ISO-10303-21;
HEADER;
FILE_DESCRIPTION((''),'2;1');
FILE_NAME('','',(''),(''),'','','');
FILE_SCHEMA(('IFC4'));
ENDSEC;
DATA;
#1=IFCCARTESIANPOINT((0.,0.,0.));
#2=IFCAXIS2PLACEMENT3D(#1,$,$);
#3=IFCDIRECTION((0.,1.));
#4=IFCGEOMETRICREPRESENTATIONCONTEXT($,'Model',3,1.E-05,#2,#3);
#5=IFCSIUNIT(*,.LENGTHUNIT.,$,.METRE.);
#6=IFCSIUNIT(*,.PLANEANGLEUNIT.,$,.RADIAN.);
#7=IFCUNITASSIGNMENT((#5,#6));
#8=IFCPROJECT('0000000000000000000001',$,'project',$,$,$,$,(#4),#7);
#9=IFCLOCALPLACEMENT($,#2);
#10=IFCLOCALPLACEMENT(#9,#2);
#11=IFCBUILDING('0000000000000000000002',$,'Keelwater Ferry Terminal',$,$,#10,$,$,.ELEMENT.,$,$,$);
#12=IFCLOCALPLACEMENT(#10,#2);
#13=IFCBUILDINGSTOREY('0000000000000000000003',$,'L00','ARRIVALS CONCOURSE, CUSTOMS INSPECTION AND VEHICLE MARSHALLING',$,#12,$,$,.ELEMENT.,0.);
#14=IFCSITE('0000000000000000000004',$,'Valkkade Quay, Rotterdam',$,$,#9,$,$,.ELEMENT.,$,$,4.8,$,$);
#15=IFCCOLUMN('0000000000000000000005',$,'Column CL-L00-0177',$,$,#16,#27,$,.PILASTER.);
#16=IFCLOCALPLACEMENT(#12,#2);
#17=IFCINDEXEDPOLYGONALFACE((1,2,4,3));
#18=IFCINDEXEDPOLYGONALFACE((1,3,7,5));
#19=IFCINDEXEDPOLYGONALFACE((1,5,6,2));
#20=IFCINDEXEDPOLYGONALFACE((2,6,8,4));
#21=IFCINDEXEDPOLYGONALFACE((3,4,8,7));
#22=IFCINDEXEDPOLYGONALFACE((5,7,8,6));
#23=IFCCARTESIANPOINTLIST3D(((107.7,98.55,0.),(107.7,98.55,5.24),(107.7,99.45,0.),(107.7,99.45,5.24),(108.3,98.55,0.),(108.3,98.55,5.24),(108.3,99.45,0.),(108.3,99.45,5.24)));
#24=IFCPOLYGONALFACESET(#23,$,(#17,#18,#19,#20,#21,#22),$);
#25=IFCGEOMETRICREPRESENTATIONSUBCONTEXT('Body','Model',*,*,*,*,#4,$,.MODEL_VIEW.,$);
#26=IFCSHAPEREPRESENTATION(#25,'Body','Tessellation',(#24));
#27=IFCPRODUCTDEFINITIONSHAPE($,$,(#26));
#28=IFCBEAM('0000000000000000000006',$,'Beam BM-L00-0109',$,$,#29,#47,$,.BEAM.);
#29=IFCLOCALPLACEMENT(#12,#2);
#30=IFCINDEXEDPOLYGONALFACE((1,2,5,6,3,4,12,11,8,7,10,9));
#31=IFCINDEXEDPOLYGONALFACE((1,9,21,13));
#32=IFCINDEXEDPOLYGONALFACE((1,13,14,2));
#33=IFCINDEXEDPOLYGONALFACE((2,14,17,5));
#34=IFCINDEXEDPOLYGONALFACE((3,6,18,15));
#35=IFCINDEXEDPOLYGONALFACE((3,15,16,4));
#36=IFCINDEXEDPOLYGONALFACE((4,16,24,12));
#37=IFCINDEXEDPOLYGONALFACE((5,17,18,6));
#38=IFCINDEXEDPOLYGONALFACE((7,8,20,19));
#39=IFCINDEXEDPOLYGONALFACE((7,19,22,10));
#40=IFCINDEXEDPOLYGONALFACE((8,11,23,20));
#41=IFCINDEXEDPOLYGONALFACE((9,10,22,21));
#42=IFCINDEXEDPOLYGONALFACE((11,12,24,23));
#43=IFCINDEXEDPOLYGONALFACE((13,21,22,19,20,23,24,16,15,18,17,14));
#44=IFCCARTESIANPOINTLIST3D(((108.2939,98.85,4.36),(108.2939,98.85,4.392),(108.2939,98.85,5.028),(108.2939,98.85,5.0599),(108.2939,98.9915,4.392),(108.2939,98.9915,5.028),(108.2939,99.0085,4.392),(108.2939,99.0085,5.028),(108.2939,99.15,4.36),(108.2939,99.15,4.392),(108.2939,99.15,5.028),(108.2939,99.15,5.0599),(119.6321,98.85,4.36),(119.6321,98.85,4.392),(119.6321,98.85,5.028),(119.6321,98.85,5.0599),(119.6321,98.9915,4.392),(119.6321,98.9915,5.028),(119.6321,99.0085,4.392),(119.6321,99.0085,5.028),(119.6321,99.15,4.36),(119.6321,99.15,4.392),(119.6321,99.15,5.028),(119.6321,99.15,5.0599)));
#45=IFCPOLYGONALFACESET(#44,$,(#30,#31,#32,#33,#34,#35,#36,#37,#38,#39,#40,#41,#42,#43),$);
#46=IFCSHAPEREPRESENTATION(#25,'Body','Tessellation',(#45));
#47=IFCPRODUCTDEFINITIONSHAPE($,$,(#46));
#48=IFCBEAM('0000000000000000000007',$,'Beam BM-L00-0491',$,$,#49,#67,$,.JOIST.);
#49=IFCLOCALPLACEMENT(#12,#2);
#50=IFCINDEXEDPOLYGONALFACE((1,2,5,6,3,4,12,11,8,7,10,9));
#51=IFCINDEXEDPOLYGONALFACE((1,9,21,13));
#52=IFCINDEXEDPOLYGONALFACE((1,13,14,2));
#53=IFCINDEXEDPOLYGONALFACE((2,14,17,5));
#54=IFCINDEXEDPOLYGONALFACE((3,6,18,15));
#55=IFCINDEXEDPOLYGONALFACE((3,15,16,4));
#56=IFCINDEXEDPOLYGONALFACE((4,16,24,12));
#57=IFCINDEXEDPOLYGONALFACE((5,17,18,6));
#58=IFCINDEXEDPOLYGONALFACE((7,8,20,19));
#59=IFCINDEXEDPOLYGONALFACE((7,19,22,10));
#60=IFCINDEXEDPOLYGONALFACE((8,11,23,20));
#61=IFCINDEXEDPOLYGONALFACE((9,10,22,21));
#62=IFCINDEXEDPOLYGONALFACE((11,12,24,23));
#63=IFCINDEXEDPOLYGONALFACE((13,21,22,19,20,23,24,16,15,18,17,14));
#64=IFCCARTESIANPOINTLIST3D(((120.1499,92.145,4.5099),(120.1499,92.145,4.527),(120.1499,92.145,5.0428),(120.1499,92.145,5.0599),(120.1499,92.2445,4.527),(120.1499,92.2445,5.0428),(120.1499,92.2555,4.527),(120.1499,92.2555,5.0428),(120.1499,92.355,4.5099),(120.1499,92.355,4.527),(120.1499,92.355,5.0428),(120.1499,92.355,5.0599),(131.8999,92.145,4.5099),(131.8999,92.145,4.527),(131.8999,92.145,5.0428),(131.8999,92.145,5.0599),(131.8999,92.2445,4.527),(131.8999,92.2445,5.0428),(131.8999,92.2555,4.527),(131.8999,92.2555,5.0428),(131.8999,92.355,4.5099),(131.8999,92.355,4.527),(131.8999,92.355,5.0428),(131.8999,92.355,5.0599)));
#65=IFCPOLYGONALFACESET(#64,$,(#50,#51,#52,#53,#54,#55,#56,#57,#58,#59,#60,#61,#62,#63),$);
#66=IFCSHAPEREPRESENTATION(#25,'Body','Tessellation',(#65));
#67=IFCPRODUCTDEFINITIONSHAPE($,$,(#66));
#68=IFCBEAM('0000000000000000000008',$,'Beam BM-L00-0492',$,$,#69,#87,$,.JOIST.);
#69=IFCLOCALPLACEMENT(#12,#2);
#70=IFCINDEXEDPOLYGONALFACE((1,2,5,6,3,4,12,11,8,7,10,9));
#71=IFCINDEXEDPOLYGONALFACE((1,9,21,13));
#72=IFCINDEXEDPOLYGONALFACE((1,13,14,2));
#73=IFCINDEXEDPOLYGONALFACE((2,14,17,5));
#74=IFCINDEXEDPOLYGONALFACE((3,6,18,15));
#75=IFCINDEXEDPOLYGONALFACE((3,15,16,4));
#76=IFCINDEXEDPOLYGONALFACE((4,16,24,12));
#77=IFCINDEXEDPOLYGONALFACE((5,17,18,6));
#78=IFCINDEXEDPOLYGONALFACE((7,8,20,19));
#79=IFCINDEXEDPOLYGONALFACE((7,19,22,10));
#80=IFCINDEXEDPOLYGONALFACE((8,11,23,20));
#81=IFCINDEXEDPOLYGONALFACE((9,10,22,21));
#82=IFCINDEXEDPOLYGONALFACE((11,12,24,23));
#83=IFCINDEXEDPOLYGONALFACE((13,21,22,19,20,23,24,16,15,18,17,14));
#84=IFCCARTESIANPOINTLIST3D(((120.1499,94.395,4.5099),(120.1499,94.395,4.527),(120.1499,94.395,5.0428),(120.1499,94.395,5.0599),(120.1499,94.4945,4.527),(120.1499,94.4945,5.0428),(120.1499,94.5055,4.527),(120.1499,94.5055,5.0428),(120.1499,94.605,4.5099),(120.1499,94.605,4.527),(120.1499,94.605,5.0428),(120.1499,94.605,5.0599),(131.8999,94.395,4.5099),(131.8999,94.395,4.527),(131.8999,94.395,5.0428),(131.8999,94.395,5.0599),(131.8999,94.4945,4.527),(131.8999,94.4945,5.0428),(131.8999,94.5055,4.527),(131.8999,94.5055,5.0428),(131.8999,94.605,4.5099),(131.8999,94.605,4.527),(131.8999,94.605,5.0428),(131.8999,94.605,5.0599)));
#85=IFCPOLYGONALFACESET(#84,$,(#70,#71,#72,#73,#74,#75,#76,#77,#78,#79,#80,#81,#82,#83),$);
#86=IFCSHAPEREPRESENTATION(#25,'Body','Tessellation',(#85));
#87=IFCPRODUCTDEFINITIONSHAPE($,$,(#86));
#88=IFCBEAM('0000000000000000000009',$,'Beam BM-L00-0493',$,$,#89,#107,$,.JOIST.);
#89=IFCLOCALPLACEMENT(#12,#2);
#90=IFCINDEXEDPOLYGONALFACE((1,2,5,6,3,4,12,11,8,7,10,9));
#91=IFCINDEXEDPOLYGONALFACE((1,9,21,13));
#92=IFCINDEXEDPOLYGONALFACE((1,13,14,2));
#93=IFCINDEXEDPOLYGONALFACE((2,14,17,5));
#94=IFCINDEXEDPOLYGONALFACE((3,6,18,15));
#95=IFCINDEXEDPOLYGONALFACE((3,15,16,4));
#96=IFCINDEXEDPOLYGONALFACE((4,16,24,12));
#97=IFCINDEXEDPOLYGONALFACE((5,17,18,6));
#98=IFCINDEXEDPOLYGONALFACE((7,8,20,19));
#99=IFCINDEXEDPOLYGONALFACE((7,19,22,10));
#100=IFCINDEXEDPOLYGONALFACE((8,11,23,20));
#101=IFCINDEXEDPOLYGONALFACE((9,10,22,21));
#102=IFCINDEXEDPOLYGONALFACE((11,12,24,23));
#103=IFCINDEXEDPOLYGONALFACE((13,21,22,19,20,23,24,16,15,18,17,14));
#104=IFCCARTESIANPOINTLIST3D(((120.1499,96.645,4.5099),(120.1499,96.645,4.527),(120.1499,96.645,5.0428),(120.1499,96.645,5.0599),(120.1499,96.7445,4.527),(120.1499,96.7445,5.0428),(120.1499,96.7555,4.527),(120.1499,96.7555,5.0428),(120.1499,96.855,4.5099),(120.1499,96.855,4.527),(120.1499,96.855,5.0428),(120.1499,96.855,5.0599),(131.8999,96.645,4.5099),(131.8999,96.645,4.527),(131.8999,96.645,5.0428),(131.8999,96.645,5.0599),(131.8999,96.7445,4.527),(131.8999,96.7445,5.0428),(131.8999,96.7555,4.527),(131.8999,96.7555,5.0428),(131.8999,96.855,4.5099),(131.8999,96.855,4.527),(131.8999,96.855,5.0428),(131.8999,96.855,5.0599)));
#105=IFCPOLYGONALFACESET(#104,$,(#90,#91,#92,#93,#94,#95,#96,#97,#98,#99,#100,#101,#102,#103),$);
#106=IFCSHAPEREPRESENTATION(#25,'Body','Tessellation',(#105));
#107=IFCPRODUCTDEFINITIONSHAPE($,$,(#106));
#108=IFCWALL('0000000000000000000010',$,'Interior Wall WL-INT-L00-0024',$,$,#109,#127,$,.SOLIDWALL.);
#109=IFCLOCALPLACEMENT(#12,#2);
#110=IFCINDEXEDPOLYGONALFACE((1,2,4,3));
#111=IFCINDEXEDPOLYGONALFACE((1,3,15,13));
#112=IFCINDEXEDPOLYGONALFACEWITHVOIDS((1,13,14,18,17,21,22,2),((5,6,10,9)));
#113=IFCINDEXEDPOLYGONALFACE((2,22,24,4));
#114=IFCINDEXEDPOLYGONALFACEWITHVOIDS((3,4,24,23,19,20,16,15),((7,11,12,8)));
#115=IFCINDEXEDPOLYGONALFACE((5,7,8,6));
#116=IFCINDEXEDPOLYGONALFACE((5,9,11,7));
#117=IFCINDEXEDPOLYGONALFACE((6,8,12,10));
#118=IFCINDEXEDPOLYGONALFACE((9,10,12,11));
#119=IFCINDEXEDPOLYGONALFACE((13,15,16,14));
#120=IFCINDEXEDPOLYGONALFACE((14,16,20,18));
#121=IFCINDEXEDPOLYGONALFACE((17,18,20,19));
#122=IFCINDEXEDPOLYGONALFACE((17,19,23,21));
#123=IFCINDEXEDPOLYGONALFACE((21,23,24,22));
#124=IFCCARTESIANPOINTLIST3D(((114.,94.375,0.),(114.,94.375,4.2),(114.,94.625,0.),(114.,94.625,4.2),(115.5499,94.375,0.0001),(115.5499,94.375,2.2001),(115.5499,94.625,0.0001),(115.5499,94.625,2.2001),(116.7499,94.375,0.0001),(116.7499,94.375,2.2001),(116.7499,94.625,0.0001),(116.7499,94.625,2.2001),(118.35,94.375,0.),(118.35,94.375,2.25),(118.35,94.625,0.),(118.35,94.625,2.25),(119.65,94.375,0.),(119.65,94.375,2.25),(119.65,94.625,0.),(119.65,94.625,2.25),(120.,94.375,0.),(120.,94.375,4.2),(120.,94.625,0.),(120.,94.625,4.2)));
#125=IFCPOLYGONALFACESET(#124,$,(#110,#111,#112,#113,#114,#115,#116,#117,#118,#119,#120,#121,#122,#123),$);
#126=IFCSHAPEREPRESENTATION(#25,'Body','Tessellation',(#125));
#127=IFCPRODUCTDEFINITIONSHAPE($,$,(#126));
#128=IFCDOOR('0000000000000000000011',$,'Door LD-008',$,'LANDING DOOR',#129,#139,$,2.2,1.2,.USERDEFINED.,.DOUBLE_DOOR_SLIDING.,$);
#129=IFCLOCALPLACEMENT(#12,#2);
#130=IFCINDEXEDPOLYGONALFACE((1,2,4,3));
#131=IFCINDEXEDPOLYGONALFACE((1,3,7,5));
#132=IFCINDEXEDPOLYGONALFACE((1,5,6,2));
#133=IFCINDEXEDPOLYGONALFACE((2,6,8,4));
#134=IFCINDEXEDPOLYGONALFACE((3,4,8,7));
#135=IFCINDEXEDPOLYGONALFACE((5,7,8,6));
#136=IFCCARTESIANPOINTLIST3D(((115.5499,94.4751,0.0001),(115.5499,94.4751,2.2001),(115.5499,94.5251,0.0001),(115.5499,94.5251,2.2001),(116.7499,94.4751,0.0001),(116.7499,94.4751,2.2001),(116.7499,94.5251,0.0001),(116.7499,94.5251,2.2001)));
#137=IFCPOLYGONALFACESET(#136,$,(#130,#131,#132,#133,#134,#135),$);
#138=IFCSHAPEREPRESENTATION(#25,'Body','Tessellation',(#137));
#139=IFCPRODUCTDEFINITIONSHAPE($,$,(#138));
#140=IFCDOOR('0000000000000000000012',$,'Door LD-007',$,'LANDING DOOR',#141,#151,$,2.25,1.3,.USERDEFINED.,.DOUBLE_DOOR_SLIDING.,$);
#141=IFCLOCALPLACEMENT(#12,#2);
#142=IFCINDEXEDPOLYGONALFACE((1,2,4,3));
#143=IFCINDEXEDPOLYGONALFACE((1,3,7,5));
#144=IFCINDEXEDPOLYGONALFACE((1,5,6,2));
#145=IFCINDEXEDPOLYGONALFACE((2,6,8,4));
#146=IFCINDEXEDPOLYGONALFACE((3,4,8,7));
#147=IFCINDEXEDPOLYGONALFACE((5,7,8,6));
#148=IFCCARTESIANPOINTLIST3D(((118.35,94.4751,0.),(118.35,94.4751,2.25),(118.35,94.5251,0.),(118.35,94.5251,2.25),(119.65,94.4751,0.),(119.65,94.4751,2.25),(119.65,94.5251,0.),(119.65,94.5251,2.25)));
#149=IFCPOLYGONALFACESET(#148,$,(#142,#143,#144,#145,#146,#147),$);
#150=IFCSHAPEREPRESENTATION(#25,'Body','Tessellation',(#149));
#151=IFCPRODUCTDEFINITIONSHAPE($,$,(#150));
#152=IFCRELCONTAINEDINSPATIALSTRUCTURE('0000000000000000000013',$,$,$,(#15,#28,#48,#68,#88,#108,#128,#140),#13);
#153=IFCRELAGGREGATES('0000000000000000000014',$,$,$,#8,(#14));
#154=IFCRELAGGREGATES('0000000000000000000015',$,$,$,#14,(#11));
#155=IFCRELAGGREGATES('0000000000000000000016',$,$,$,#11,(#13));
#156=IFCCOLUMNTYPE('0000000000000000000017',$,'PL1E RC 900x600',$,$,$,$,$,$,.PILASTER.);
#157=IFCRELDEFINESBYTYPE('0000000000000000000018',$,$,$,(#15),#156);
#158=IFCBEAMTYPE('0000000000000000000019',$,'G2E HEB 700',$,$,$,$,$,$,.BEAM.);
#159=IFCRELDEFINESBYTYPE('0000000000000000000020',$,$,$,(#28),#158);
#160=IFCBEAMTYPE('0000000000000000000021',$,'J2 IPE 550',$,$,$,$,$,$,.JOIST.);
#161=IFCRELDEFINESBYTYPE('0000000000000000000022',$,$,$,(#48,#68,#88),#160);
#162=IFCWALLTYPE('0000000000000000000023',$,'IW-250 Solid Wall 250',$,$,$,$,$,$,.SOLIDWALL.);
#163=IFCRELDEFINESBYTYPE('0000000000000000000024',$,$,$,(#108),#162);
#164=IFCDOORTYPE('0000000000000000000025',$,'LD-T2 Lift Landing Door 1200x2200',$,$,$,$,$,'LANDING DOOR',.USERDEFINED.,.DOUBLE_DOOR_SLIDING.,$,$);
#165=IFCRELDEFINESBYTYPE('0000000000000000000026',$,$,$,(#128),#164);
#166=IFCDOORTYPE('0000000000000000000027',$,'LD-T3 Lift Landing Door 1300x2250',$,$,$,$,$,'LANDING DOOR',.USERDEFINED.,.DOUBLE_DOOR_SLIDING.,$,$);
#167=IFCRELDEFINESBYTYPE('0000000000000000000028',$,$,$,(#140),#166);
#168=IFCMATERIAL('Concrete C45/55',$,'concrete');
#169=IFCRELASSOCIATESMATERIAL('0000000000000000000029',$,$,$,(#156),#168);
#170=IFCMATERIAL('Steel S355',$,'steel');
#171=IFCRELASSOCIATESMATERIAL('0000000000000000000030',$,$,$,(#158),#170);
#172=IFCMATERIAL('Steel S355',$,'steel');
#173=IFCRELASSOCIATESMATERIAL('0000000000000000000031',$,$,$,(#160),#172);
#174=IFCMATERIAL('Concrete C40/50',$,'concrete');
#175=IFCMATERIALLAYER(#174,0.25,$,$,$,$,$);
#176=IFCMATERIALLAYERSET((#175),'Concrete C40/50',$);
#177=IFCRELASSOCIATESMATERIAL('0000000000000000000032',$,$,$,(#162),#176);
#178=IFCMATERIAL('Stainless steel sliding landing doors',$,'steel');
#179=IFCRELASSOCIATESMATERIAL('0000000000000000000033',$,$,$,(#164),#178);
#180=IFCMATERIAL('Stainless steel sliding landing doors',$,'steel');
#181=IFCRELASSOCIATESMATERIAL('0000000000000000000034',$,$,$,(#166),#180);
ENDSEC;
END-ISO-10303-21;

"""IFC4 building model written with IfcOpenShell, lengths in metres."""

from ifc_helpers import new_model, si_unit, direction, frame, frame_2d, origin, origin_2d, place, context, subcontext, project, spatial, rectangle, i_section, extrude, material, layer, layer_set, material_profile, profile_set, type_object, element, fill, save


model = new_model("IFC4")

# Units and contexts
model_context = context("Model", 3, precision=1e-05, world=origin(), true_north=direction((0.0, 1.0)))
body_context = subcontext(model_context, "Body", "Model", "MODEL_VIEW")
ifc_project = project(units=[si_unit("LENGTHUNIT", "METRE"), si_unit("PLANEANGLEUNIT", "RADIAN")], contexts=[model_context])

# Site, building, storey
site_placement = place(None, origin())
site = spatial("IfcSite", under=ifc_project, at=site_placement, Name="Valkkade Quay, Rotterdam", CompositionType="ELEMENT", RefElevation=4.8)
building_placement = place(site_placement, origin())
building = spatial("IfcBuilding", under=site, at=building_placement, Name="Keelwater Ferry Terminal", CompositionType="ELEMENT")
storey_placement = place(building_placement, origin())
storey = spatial("IfcBuildingStorey", under=building, at=storey_placement, Name="L00", Description="ARRIVALS CONCOURSE, CUSTOMS INSPECTION AND VEHICLE MARSHALLING", CompositionType="ELEMENT", Elevation=0.0)

# Column
ifc_material_1 = material(Name="Concrete C45/55", Category="concrete")
ifc_material_profile_1 = material_profile(ifc_material_1, rectangle(XDim=0.6001, YDim=0.8999, at=origin_2d()), Name="RC 900x600")
ifc_profile_set_1 = profile_set([ifc_material_profile_1], Name="Concrete C45/55")
column_type = type_object("IfcColumnType", Name="PL1E RC 900x600", PredefinedType="PILASTER", material=ifc_profile_set_1)
column_placement = place(storey_placement, frame((108.0, 99.0, 0.0), z_axis=(0.0, 0.0, 1.0), x_axis=(1.0, 0.0, 0.0)))
element("IfcColumn", 1, at=column_placement, inside=storey, type_object=column_type, Name="Column CL-L00-0177", PredefinedType="PILASTER", context=body_context, shape_type="SweptSolid", body=[
    extrude(rectangle(XDim=0.6001, YDim=0.8999, at=origin_2d()), origin(), (0.0, 0.0, 1.0), 5.24),
])

# Beams
ifc_material_2 = material(Name="Steel S355", Category="steel")
ifc_material_profile_2 = material_profile(ifc_material_2, i_section(OverallWidth=0.3, OverallDepth=0.7, WebThickness=0.0171, FlangeThickness=0.032, at=origin_2d()), Name="HEB 700")
ifc_profile_set_2 = profile_set([ifc_material_profile_2], Name="Steel S355")
beam_type_1 = type_object("IfcBeamType", Name="G2E HEB 700", PredefinedType="BEAM", material=ifc_profile_set_2)
beam_placement = place(storey_placement, frame((108.2939, 99.0, 4.71), z_axis=(1.0, 0.0, 0.0), x_axis=(0.0, 1.0, 0.0)))
element("IfcBeam", 2, at=beam_placement, inside=storey, type_object=beam_type_1, Name="Beam BM-L00-0109", PredefinedType="BEAM", context=body_context, shape_type="SweptSolid", body=[
    extrude(i_section(OverallWidth=0.3, OverallDepth=0.7, WebThickness=0.0171, FlangeThickness=0.032, at=origin_2d()), origin(), (0.0, 0.0, 1.0), 11.3381),
])
ifc_material_3 = material(Name="Steel S355", Category="steel")
ifc_material_profile_3 = material_profile(ifc_material_3, i_section(OverallWidth=0.21, OverallDepth=0.55, WebThickness=0.011, FlangeThickness=0.0171, at=origin_2d()), Name="IPE 550")
ifc_profile_set_3 = profile_set([ifc_material_profile_3], Name="Steel S355")
beam_type_2 = type_object("IfcBeamType", Name="J2 IPE 550", PredefinedType="JOIST", material=ifc_profile_set_3)
for number, where, z_axis, x_axis, name in (
    (3, (120.1499, 92.25, 4.7849), (1.0, 0.0, 0.0), (0.0, 1.0, 0.0), "Beam BM-L00-0491"),
    (4, (120.1499, 94.5, 4.7849), (1.0, 0.0, 0.0), (0.0, 1.0, 0.0), "Beam BM-L00-0492"),
    (5, (120.1499, 96.75, 4.7849), (1.0, 0.0, 0.0), (0.0, 1.0, 0.0), "Beam BM-L00-0493"),
):
    element("IfcBeam", number, at=place(storey_placement, frame(where, z_axis=z_axis, x_axis=x_axis)), inside=storey, type_object=beam_type_2, Name=name, PredefinedType="JOIST", context=body_context, shape_type="SweptSolid", body=[
        extrude(i_section(OverallWidth=0.21, OverallDepth=0.55, WebThickness=0.011, FlangeThickness=0.0171, at=origin_2d()), origin(), (0.0, 0.0, 1.0), 11.75),
    ])

# Wall, openings, doors
ifc_material_4 = material(Name="Concrete C40/50", Category="concrete")
ifc_layer_1 = layer(ifc_material_4, 0.25)
ifc_layer_set_1 = layer_set([ifc_layer_1], Name="Concrete C40/50")
wall_type_1 = type_object("IfcWallType", Name="IW-250 Solid Wall 250", PredefinedType="SOLIDWALL", material=ifc_layer_set_1)
wall_1_placement = place(storey_placement, frame((120.0, 94.5, 0.0), z_axis=(0.0, 0.0, 1.0), x_axis=(-1.0, 0.0, 0.0)))
wall_1 = element("IfcWall", 6, at=wall_1_placement, inside=storey, type_object=wall_type_1, Name="Interior Wall WL-INT-L00-0024", PredefinedType="SOLIDWALL", context=body_context, shape_type="SweptSolid", body=[
    extrude(rectangle(XDim=6.0, YDim=0.25, at=frame_2d((3.0, 0.0))), origin(), (0.0, 0.0, 1.0), 4.2),
])
opening_1_placement = place(wall_1_placement, frame((0.3501, 0.0, 0.0)))
opening_1 = element("IfcOpeningElement", 7, at=opening_1_placement, cuts=wall_1, PredefinedType="OPENING", context=body_context, shape_type="SweptSolid", body=[
    extrude(rectangle(XDim=1.3, YDim=2.25, at=frame_2d((0.6499, 1.125))), frame((0.0, 0.135, 0.0), z_axis=(0.0, -1.0, 0.0), x_axis=(1.0, 0.0, 0.0)), (0.0, 0.0, 1.0), 0.27),
])
opening_2_placement = place(wall_1_placement, frame((3.25, 0.0, 0.0)))
opening_2 = element("IfcOpeningElement", 8, at=opening_2_placement, cuts=wall_1, PredefinedType="OPENING", context=body_context, shape_type="SweptSolid", body=[
    extrude(rectangle(XDim=1.2, YDim=2.2, at=frame_2d((0.6001, 1.1001))), frame((0.0, 0.135, 0.0), z_axis=(0.0, -1.0, 0.0), x_axis=(1.0, 0.0, 0.0)), (0.0, 0.0, 1.0), 0.27),
])
ifc_material_5 = material(Name="Stainless steel sliding landing doors", Category="steel")
door_type_1 = type_object("IfcDoorType", Name="LD-T2 Lift Landing Door 1200x2200", ElementType="LANDING DOOR", OperationType="DOUBLE_DOOR_SLIDING", PredefinedType="USERDEFINED", material=ifc_material_5)
door_1_placement = place(opening_2_placement, origin())
door_1 = element("IfcDoor", 9, at=door_1_placement, inside=storey, type_object=door_type_1, Name="Door LD-008", ObjectType="LANDING DOOR", OperationType="DOUBLE_DOOR_SLIDING", OverallHeight=2.2, OverallWidth=1.2, PredefinedType="USERDEFINED", context=body_context, shape_type="SweptSolid", body=[
    extrude(rectangle(XDim=1.2, YDim=2.2, at=frame_2d((0.6001, 1.1001))), frame((0.0, 0.0249, 0.0), z_axis=(0.0, -1.0, 0.0), x_axis=(1.0, 0.0, 0.0)), (0.0, 0.0, 1.0), 0.05),
])
fill(opening_2, door_1)
ifc_material_6 = material(Name="Stainless steel sliding landing doors", Category="steel")
door_type_2 = type_object("IfcDoorType", Name="LD-T3 Lift Landing Door 1300x2250", ElementType="LANDING DOOR", OperationType="DOUBLE_DOOR_SLIDING", PredefinedType="USERDEFINED", material=ifc_material_6)
door_2_placement = place(opening_1_placement, origin())
door_2 = element("IfcDoor", 10, at=door_2_placement, inside=storey, type_object=door_type_2, Name="Door LD-007", ObjectType="LANDING DOOR", OperationType="DOUBLE_DOOR_SLIDING", OverallHeight=2.25, OverallWidth=1.3, PredefinedType="USERDEFINED", context=body_context, shape_type="SweptSolid", body=[
    extrude(rectangle(XDim=1.3, YDim=2.25, at=frame_2d((0.6499, 1.125))), frame((0.0, 0.0249, 0.0), z_axis=(0.0, -1.0, 0.0), x_axis=(1.0, 0.0, 0.0)), (0.0, 0.0, 1.0), 0.05),
])
fill(opening_1, door_2)

save(model, "model.ifc")
